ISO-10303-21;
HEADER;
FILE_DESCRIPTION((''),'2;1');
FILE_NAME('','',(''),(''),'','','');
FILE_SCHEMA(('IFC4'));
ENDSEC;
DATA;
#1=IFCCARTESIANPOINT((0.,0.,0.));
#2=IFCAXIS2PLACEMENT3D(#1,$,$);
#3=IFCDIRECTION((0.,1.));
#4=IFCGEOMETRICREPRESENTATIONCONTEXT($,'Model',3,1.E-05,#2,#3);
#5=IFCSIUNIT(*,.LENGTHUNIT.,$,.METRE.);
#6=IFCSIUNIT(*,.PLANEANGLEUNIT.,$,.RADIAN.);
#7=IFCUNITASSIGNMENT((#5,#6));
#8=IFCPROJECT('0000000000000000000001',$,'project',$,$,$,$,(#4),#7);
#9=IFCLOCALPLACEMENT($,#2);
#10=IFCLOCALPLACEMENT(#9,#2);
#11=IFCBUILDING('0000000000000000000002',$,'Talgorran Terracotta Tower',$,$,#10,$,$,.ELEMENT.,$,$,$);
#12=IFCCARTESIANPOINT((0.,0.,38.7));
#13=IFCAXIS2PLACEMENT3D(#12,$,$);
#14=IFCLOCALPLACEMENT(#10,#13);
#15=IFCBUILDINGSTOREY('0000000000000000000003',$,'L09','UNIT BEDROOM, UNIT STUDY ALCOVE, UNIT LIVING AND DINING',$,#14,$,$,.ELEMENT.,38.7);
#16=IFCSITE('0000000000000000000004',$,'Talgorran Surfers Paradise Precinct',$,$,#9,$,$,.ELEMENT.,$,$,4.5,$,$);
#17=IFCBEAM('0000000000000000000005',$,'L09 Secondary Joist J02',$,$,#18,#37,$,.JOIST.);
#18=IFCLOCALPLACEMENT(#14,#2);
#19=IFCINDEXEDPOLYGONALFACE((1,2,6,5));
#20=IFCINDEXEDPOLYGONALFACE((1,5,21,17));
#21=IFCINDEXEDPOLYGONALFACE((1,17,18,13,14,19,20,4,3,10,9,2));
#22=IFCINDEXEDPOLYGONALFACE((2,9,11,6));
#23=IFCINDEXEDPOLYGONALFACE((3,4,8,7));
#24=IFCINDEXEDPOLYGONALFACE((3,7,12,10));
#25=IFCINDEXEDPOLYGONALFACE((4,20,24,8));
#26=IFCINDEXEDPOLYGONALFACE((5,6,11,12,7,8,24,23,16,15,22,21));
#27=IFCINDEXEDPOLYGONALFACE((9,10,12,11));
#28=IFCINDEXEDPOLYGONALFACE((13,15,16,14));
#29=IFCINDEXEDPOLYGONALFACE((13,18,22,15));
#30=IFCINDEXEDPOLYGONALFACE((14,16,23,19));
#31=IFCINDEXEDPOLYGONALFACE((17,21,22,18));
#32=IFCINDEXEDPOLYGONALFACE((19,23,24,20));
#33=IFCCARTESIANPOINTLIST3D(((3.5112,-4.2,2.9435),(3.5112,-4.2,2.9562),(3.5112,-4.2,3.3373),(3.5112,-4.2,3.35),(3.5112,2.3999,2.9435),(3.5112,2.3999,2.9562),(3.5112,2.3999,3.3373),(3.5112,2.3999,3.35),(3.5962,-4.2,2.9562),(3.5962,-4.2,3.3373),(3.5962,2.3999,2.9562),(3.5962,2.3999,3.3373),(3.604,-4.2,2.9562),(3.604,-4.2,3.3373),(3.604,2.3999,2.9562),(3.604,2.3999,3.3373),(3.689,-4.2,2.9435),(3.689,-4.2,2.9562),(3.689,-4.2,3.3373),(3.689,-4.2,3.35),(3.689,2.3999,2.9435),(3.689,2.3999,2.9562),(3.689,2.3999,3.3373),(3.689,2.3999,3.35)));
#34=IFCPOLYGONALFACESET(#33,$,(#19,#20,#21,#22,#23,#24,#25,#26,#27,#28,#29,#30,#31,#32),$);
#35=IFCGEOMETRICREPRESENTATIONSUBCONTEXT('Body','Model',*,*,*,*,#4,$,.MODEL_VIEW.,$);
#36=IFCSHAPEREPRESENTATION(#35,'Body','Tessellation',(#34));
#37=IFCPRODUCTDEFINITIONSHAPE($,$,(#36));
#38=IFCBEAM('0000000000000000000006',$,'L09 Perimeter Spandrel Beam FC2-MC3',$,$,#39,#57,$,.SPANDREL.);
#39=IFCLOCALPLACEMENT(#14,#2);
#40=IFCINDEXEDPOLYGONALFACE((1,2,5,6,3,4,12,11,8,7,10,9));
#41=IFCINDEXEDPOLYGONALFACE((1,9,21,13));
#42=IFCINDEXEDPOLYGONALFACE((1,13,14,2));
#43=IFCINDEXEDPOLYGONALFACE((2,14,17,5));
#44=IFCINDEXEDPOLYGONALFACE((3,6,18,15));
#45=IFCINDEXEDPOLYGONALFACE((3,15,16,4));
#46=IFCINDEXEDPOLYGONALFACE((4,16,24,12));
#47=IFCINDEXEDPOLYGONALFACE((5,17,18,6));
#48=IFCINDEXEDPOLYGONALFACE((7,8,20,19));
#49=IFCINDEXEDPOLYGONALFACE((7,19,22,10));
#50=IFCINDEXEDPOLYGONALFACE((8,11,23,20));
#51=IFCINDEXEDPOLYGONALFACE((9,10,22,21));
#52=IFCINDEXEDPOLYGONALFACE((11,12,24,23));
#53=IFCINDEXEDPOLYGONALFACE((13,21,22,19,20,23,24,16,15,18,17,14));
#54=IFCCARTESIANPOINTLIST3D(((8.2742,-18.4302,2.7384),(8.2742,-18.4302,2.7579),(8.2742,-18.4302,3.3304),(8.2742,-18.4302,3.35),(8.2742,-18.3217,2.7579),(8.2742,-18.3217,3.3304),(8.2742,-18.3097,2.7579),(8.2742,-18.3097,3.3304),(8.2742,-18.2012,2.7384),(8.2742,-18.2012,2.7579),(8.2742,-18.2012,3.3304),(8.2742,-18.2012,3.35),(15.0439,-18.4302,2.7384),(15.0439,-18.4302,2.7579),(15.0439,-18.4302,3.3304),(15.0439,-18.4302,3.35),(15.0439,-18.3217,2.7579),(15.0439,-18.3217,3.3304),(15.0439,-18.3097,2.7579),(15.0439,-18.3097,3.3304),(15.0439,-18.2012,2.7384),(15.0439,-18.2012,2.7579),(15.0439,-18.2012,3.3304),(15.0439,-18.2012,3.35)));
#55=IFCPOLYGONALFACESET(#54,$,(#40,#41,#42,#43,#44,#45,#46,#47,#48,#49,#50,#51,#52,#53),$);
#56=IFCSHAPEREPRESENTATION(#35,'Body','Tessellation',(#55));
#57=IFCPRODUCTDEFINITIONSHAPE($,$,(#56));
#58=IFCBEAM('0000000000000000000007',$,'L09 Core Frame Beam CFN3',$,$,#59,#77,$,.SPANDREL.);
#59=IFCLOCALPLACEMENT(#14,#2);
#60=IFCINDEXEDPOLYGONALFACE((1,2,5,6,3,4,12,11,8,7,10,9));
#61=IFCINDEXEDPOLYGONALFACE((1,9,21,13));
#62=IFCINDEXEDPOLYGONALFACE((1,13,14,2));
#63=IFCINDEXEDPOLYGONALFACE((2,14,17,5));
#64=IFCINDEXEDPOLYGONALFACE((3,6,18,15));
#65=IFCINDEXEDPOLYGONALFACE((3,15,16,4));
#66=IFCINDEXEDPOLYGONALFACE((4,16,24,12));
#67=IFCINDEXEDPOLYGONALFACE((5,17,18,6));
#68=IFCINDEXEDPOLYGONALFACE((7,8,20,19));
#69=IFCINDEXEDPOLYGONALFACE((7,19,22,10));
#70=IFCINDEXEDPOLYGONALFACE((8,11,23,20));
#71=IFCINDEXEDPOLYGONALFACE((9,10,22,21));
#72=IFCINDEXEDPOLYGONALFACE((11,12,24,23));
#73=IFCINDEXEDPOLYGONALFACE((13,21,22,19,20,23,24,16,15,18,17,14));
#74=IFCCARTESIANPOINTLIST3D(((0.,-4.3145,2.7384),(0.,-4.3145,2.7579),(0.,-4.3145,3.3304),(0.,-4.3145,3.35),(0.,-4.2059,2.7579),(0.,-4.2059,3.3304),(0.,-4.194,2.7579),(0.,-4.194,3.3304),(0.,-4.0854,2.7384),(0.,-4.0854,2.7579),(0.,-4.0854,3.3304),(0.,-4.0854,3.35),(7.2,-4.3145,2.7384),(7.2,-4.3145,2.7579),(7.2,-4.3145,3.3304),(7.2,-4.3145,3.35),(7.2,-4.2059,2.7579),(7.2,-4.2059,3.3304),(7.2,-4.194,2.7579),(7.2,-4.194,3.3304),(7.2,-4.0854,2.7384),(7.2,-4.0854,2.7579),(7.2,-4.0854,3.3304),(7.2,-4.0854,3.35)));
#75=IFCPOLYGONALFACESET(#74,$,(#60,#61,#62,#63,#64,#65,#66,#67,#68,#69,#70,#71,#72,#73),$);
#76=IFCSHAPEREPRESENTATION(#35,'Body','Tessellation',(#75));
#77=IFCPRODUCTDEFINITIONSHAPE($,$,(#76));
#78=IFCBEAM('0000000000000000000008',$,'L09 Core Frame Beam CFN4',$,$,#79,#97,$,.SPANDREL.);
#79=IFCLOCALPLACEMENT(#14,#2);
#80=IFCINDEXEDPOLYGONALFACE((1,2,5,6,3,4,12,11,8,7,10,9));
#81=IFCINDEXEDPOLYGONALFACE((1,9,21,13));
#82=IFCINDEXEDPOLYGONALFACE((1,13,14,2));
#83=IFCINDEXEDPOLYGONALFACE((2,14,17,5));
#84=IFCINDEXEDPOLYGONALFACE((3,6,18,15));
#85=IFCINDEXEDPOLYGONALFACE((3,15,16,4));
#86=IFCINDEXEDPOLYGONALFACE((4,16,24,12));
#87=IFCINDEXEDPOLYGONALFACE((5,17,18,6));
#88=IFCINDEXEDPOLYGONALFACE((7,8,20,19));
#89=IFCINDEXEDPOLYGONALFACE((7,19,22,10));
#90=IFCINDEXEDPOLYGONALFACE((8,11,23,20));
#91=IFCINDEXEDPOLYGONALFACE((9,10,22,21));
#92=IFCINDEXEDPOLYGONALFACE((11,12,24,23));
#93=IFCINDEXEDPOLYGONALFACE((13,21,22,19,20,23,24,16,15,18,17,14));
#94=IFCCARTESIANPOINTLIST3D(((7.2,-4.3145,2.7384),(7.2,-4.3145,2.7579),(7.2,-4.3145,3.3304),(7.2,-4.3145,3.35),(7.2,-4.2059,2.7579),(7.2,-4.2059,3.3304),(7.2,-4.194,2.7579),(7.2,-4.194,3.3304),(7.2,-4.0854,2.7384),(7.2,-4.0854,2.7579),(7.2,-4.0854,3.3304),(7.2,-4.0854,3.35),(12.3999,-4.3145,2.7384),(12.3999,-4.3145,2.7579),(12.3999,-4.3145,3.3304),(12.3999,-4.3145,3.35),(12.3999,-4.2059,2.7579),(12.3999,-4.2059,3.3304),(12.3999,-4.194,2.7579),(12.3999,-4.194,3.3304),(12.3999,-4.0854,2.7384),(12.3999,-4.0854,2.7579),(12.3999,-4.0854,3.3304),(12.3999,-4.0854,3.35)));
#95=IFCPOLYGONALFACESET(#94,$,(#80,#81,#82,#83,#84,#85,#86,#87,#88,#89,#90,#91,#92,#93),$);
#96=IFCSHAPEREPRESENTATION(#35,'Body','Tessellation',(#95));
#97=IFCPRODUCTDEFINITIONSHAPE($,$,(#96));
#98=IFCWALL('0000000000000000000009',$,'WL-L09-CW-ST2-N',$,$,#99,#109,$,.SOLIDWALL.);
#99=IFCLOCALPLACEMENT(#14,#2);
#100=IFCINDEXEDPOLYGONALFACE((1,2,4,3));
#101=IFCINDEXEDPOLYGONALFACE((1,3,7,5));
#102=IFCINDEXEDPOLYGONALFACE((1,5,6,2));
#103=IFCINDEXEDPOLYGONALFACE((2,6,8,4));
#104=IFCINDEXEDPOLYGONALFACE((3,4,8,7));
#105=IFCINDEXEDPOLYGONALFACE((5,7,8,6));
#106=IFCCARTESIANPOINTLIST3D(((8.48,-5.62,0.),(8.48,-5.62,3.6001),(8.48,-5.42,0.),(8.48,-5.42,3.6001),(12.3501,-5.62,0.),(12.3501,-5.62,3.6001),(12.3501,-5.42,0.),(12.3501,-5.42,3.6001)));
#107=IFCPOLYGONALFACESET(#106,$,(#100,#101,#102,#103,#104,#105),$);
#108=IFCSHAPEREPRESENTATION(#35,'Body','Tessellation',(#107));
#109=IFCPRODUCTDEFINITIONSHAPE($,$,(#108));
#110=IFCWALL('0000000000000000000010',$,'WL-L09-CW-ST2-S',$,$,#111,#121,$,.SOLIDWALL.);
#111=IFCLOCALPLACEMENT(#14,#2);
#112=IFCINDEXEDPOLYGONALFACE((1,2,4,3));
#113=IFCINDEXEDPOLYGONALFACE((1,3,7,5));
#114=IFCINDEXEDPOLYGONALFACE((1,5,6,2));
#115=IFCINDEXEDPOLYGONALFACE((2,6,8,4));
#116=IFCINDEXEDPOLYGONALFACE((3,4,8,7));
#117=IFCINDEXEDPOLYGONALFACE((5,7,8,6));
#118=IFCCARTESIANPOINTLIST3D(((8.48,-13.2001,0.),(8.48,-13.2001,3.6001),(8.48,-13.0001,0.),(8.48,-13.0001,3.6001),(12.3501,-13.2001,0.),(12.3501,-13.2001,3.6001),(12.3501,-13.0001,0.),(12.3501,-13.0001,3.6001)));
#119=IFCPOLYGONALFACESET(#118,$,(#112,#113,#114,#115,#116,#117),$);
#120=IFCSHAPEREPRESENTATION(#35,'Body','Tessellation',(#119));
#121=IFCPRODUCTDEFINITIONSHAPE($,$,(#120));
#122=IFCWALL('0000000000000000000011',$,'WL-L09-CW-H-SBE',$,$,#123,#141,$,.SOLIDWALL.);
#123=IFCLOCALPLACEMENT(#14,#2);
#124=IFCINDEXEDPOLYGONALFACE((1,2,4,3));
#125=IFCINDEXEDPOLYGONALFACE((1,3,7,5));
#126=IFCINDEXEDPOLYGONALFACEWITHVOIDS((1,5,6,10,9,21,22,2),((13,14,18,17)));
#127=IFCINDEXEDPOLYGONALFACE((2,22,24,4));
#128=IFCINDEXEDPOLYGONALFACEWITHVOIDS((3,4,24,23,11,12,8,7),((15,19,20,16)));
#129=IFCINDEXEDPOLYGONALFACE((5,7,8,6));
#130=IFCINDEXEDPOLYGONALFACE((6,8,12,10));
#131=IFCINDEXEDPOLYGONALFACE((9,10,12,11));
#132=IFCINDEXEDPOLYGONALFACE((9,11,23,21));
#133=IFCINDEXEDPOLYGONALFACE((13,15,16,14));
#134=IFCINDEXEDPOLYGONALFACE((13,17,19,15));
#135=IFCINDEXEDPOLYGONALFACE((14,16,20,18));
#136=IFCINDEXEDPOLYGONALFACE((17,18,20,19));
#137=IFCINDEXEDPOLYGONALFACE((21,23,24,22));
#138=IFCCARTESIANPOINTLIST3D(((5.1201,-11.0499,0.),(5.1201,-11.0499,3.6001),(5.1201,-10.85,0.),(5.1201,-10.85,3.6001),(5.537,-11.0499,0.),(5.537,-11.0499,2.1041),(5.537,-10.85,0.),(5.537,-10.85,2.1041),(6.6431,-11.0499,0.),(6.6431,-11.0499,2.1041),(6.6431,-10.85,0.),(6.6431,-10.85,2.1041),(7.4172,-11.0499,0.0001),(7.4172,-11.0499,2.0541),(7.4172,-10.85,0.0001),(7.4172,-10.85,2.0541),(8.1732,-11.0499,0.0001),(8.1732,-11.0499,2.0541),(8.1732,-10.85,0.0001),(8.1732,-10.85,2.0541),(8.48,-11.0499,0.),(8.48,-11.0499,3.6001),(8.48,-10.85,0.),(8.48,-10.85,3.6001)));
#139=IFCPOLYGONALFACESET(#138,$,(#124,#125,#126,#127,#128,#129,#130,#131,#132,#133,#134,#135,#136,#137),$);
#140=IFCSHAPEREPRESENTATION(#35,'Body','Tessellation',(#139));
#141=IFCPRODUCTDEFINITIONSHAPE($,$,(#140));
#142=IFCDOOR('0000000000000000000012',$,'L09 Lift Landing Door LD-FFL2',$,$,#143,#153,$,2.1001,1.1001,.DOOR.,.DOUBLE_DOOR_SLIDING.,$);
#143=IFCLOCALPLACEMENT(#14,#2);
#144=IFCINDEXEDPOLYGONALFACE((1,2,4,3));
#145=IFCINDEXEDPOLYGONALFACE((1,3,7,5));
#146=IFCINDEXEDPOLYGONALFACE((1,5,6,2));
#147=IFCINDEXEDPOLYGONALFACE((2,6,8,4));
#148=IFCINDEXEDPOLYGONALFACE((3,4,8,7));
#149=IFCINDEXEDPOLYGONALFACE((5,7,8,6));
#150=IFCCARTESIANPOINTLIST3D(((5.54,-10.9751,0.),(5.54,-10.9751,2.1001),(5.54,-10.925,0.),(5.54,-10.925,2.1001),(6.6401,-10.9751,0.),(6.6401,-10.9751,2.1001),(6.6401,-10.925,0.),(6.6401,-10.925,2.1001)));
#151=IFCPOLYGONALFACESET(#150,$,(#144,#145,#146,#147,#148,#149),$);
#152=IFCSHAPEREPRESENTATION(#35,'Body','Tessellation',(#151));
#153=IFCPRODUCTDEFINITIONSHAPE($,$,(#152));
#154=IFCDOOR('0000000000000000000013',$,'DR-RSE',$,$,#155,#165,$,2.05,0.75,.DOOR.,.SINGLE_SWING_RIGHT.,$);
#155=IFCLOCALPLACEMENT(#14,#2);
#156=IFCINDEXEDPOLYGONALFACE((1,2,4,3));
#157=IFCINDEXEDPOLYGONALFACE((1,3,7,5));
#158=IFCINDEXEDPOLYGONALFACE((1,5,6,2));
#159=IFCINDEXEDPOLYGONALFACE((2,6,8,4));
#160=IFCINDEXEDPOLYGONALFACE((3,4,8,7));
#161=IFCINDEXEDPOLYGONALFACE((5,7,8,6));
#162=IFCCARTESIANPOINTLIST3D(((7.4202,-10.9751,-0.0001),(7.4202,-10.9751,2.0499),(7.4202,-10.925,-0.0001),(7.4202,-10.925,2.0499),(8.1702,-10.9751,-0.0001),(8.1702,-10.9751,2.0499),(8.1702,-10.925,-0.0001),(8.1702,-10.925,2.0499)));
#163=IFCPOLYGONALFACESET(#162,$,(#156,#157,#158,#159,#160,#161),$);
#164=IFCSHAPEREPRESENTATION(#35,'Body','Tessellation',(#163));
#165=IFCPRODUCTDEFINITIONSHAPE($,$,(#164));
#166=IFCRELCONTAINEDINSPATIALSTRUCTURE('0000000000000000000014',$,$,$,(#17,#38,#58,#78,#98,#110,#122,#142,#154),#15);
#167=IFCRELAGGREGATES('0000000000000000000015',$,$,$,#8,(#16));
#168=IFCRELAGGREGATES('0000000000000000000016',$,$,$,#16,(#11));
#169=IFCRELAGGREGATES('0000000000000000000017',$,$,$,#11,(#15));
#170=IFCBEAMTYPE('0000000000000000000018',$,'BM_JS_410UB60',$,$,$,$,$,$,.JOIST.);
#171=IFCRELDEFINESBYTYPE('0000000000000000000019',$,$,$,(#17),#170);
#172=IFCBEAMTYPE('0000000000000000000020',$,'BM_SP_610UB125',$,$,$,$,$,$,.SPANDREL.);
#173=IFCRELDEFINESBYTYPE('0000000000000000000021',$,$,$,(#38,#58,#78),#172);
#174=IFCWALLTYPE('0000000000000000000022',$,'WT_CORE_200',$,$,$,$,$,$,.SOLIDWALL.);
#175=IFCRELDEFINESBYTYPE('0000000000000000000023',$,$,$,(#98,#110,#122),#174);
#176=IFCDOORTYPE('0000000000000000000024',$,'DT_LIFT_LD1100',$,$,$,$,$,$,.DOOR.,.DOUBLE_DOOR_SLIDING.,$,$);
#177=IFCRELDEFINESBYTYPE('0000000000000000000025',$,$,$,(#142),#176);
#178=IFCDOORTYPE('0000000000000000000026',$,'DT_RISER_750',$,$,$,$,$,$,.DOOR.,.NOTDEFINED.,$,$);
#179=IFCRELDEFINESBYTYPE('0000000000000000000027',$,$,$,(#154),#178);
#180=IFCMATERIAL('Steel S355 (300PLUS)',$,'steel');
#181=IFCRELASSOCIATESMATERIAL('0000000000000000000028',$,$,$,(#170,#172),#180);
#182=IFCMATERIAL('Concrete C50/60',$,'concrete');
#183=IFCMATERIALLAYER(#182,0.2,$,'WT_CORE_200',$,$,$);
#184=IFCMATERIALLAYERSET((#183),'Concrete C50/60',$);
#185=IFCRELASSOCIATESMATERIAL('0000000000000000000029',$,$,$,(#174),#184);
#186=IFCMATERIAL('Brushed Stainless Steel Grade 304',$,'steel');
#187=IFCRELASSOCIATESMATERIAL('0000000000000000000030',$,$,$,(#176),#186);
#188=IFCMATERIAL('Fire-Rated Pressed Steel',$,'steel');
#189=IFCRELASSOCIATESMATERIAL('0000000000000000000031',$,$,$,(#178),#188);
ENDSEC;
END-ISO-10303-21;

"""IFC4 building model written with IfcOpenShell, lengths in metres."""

from ifc_helpers import new_model, si_unit, direction, frame, frame_2d, origin, origin_2d, place, context, subcontext, project, spatial, rectangle, i_section, extrude, material, layer, layer_set, material_profile, profile_set, type_object, element, fill, save


model = new_model("IFC4")

# Units and contexts
model_context = context("Model", 3, precision=1e-05, world=origin(), true_north=direction((0.0, 1.0)))
body_context = subcontext(model_context, "Body", "Model", "MODEL_VIEW")
ifc_project = project(units=[si_unit("LENGTHUNIT", "METRE"), si_unit("PLANEANGLEUNIT", "RADIAN")], contexts=[model_context])

# Site, building, storey
site_placement = place(None, origin())
site = spatial("IfcSite", under=ifc_project, at=site_placement, Name="Talgorran Surfers Paradise Precinct", CompositionType="ELEMENT", RefElevation=4.5)
building_placement = place(site_placement, origin())
building = spatial("IfcBuilding", under=site, at=building_placement, Name="Talgorran Terracotta Tower", CompositionType="ELEMENT")
storey_placement = place(building_placement, frame((0.0, 0.0, 38.7)))
storey = spatial("IfcBuildingStorey", under=building, at=storey_placement, Name="L09", Description="UNIT BEDROOM, UNIT STUDY ALCOVE, UNIT LIVING AND DINING", CompositionType="ELEMENT", Elevation=38.7)

# Shared definitions
ifc_material_1 = material(Name="Steel S355 (300PLUS)", Category="steel")

# Beams
ifc_material_profile_1 = material_profile(ifc_material_1, i_section(OverallWidth=0.1777, OverallDepth=0.4065, WebThickness=0.0078, FlangeThickness=0.0127, at=origin_2d()), Name="410UB59.7")
ifc_profile_set_1 = profile_set([ifc_material_profile_1], Name="Steel S355 (300PLUS)")
beam_type_1 = type_object("IfcBeamType", Name="BM_JS_410UB60", PredefinedType="JOIST", material=ifc_profile_set_1)
beam_1_placement = place(storey_placement, frame((3.6001, -4.2, 3.1467), z_axis=(0.0, 1.0, 0.0), x_axis=(-1.0, 0.0, 0.0)))
element("IfcBeam", 1, at=beam_1_placement, inside=storey, type_object=beam_type_1, Name="L09 Secondary Joist J02", PredefinedType="JOIST", context=body_context, shape_type="SweptSolid", body=[
    extrude(i_section(OverallWidth=0.1777, OverallDepth=0.4065, WebThickness=0.0078, FlangeThickness=0.0127, at=origin_2d()), origin(), (0.0, 0.0, 1.0), 6.5999),
])
ifc_material_profile_2 = material_profile(ifc_material_1, i_section(OverallWidth=0.229, OverallDepth=0.6116, WebThickness=0.012, FlangeThickness=0.0195, at=origin_2d()), Name="610UB125")
ifc_profile_set_2 = profile_set([ifc_material_profile_2], Name="Steel S355 (300PLUS)")
beam_type_2 = type_object("IfcBeamType", Name="BM_SP_610UB125", PredefinedType="SPANDREL", material=ifc_profile_set_2)
beam_2_placement = place(storey_placement, frame((8.2742, -18.3157, 3.0442), z_axis=(1.0, 0.0, 0.0), x_axis=(0.0, 1.0, 0.0)))
element("IfcBeam", 2, at=beam_2_placement, inside=storey, type_object=beam_type_2, Name="L09 Perimeter Spandrel Beam FC2-MC3", PredefinedType="SPANDREL", context=body_context, shape_type="SweptSolid", body=[
    extrude(i_section(OverallWidth=0.229, OverallDepth=0.6116, WebThickness=0.012, FlangeThickness=0.0195, at=origin_2d()), origin(), (0.0, 0.0, 1.0), 6.7698),
])
beam_3_placement = place(storey_placement, frame((0.0, -4.2, 3.0442), z_axis=(1.0, 0.0, 0.0), x_axis=(0.0, 1.0, 0.0)))
element("IfcBeam", 3, at=beam_3_placement, inside=storey, type_object=beam_type_2, Name="L09 Core Frame Beam CFN3", PredefinedType="SPANDREL", context=body_context, shape_type="SweptSolid", body=[
    extrude(i_section(OverallWidth=0.229, OverallDepth=0.6116, WebThickness=0.012, FlangeThickness=0.0195, at=origin_2d()), origin(), (0.0, 0.0, 1.0), 7.2),
])
beam_4_placement = place(storey_placement, frame((7.2, -4.2, 3.0442), z_axis=(1.0, 0.0, 0.0), x_axis=(0.0, 1.0, 0.0)))
element("IfcBeam", 4, at=beam_4_placement, inside=storey, type_object=beam_type_2, Name="L09 Core Frame Beam CFN4", PredefinedType="SPANDREL", context=body_context, shape_type="SweptSolid", body=[
    extrude(i_section(OverallWidth=0.229, OverallDepth=0.6116, WebThickness=0.012, FlangeThickness=0.0195, at=origin_2d()), origin(), (0.0, 0.0, 1.0), 5.2),
])

# Walls
ifc_material_2 = material(Name="Concrete C50/60", Category="concrete")
ifc_layer_1 = layer(ifc_material_2, 0.2, Name="WT_CORE_200")
ifc_layer_set_1 = layer_set([ifc_layer_1], Name="Concrete C50/60")
wall_type_1 = type_object("IfcWallType", Name="WT_CORE_200", PredefinedType="SOLIDWALL", material=ifc_layer_set_1)
for number, where, z_axis, x_axis, name in (
    (5, (8.48, -5.52, 0.0), (0.0, 0.0, 1.0), (1.0, 0.0, 0.0), "WL-L09-CW-ST2-N"),
    (6, (8.48, -13.1001, 0.0), (0.0, 0.0, 1.0), (1.0, 0.0, 0.0), "WL-L09-CW-ST2-S"),
):
    element("IfcWall", number, at=place(storey_placement, frame(where, z_axis=z_axis, x_axis=x_axis)), inside=storey, type_object=wall_type_1, Name=name, PredefinedType="SOLIDWALL", context=body_context, shape_type="SweptSolid", body=[
        extrude(rectangle(XDim=3.8701, YDim=0.2, at=frame_2d((1.9351, 0.0))), origin(), (0.0, 0.0, 1.0), 3.6001),
    ])

# Wall, openings, doors
wall_1_placement = place(storey_placement, frame((5.1201, -10.95, 0.0), z_axis=(0.0, 0.0, 1.0), x_axis=(1.0, 0.0, 0.0)))
wall_1 = element("IfcWall", 7, at=wall_1_placement, inside=storey, type_object=wall_type_1, Name="WL-L09-CW-H-SBE", PredefinedType="SOLIDWALL", context=body_context, shape_type="SweptSolid", body=[
    extrude(rectangle(XDim=3.3599, YDim=0.2, at=frame_2d((1.6799, 0.0))), origin(), (0.0, 0.0, 1.0), 3.6001),
])
opening_1_placement = place(wall_1_placement, frame((0.4199, 0.0, 0.0)))
opening_1 = element("IfcOpeningElement", 8, at=opening_1_placement, cuts=wall_1, PredefinedType="OPENING", context=body_context, shape_type="SweptSolid", body=[
    extrude(rectangle(XDim=1.1061, YDim=2.1041, at=frame_2d((0.55, 1.052))), frame((0.0, 0.1099, 0.0), z_axis=(0.0, -1.0, 0.0), x_axis=(1.0, 0.0, 0.0)), (0.0, 0.0, 1.0), 0.22),
])
opening_2_placement = place(wall_1_placement, frame((2.3, 0.0, 0.0)))
opening_2 = element("IfcOpeningElement", 9, at=opening_2_placement, cuts=wall_1, PredefinedType="OPENING", context=body_context, shape_type="SweptSolid", body=[
    extrude(rectangle(XDim=0.756, YDim=2.054, at=frame_2d((0.375, 1.0271))), frame((0.0, 0.1099, 0.0), z_axis=(0.0, -1.0, 0.0), x_axis=(1.0, 0.0, 0.0)), (0.0, 0.0, 1.0), 0.22),
])
ifc_material_3 = material(Name="Brushed Stainless Steel Grade 304", Category="steel")
door_type_1 = type_object("IfcDoorType", Name="DT_LIFT_LD1100", OperationType="DOUBLE_DOOR_SLIDING", PredefinedType="DOOR", material=ifc_material_3)
door_1_placement = place(opening_1_placement, origin())
door_1 = element("IfcDoor", 10, at=door_1_placement, inside=storey, type_object=door_type_1, Name="L09 Lift Landing Door LD-FFL2", OperationType="DOUBLE_DOOR_SLIDING", OverallHeight=2.1001, OverallWidth=1.1001, PredefinedType="DOOR", context=body_context, shape_type="SweptSolid", body=[
    extrude(rectangle(XDim=1.1001, YDim=2.1001, at=frame_2d((0.55, 1.05))), frame((0.0, 0.0249, 0.0), z_axis=(0.0, -1.0, 0.0), x_axis=(1.0, 0.0, 0.0)), (0.0, 0.0, 1.0), 0.05),
])
fill(opening_1, door_1)
ifc_material_4 = material(Name="Fire-Rated Pressed Steel", Category="steel")
door_type_2 = type_object("IfcDoorType", Name="DT_RISER_750", OperationType="NOTDEFINED", PredefinedType="DOOR", material=ifc_material_4)
door_2_placement = place(opening_2_placement, origin())
door_2 = element("IfcDoor", 11, at=door_2_placement, inside=storey, type_object=door_type_2, Name="DR-RSE", OperationType="SINGLE_SWING_RIGHT", OverallHeight=2.05, OverallWidth=0.75, PredefinedType="DOOR", context=body_context, shape_type="SweptSolid", body=[
    extrude(rectangle(XDim=0.75, YDim=2.05, at=frame_2d((0.375, 1.0249))), frame((0.0, 0.0249, 0.0), z_axis=(0.0, -1.0, 0.0), x_axis=(1.0, 0.0, 0.0)), (0.0, 0.0, 1.0), 0.05),
])
fill(opening_2, door_2)

save(model, "model.ifc")
